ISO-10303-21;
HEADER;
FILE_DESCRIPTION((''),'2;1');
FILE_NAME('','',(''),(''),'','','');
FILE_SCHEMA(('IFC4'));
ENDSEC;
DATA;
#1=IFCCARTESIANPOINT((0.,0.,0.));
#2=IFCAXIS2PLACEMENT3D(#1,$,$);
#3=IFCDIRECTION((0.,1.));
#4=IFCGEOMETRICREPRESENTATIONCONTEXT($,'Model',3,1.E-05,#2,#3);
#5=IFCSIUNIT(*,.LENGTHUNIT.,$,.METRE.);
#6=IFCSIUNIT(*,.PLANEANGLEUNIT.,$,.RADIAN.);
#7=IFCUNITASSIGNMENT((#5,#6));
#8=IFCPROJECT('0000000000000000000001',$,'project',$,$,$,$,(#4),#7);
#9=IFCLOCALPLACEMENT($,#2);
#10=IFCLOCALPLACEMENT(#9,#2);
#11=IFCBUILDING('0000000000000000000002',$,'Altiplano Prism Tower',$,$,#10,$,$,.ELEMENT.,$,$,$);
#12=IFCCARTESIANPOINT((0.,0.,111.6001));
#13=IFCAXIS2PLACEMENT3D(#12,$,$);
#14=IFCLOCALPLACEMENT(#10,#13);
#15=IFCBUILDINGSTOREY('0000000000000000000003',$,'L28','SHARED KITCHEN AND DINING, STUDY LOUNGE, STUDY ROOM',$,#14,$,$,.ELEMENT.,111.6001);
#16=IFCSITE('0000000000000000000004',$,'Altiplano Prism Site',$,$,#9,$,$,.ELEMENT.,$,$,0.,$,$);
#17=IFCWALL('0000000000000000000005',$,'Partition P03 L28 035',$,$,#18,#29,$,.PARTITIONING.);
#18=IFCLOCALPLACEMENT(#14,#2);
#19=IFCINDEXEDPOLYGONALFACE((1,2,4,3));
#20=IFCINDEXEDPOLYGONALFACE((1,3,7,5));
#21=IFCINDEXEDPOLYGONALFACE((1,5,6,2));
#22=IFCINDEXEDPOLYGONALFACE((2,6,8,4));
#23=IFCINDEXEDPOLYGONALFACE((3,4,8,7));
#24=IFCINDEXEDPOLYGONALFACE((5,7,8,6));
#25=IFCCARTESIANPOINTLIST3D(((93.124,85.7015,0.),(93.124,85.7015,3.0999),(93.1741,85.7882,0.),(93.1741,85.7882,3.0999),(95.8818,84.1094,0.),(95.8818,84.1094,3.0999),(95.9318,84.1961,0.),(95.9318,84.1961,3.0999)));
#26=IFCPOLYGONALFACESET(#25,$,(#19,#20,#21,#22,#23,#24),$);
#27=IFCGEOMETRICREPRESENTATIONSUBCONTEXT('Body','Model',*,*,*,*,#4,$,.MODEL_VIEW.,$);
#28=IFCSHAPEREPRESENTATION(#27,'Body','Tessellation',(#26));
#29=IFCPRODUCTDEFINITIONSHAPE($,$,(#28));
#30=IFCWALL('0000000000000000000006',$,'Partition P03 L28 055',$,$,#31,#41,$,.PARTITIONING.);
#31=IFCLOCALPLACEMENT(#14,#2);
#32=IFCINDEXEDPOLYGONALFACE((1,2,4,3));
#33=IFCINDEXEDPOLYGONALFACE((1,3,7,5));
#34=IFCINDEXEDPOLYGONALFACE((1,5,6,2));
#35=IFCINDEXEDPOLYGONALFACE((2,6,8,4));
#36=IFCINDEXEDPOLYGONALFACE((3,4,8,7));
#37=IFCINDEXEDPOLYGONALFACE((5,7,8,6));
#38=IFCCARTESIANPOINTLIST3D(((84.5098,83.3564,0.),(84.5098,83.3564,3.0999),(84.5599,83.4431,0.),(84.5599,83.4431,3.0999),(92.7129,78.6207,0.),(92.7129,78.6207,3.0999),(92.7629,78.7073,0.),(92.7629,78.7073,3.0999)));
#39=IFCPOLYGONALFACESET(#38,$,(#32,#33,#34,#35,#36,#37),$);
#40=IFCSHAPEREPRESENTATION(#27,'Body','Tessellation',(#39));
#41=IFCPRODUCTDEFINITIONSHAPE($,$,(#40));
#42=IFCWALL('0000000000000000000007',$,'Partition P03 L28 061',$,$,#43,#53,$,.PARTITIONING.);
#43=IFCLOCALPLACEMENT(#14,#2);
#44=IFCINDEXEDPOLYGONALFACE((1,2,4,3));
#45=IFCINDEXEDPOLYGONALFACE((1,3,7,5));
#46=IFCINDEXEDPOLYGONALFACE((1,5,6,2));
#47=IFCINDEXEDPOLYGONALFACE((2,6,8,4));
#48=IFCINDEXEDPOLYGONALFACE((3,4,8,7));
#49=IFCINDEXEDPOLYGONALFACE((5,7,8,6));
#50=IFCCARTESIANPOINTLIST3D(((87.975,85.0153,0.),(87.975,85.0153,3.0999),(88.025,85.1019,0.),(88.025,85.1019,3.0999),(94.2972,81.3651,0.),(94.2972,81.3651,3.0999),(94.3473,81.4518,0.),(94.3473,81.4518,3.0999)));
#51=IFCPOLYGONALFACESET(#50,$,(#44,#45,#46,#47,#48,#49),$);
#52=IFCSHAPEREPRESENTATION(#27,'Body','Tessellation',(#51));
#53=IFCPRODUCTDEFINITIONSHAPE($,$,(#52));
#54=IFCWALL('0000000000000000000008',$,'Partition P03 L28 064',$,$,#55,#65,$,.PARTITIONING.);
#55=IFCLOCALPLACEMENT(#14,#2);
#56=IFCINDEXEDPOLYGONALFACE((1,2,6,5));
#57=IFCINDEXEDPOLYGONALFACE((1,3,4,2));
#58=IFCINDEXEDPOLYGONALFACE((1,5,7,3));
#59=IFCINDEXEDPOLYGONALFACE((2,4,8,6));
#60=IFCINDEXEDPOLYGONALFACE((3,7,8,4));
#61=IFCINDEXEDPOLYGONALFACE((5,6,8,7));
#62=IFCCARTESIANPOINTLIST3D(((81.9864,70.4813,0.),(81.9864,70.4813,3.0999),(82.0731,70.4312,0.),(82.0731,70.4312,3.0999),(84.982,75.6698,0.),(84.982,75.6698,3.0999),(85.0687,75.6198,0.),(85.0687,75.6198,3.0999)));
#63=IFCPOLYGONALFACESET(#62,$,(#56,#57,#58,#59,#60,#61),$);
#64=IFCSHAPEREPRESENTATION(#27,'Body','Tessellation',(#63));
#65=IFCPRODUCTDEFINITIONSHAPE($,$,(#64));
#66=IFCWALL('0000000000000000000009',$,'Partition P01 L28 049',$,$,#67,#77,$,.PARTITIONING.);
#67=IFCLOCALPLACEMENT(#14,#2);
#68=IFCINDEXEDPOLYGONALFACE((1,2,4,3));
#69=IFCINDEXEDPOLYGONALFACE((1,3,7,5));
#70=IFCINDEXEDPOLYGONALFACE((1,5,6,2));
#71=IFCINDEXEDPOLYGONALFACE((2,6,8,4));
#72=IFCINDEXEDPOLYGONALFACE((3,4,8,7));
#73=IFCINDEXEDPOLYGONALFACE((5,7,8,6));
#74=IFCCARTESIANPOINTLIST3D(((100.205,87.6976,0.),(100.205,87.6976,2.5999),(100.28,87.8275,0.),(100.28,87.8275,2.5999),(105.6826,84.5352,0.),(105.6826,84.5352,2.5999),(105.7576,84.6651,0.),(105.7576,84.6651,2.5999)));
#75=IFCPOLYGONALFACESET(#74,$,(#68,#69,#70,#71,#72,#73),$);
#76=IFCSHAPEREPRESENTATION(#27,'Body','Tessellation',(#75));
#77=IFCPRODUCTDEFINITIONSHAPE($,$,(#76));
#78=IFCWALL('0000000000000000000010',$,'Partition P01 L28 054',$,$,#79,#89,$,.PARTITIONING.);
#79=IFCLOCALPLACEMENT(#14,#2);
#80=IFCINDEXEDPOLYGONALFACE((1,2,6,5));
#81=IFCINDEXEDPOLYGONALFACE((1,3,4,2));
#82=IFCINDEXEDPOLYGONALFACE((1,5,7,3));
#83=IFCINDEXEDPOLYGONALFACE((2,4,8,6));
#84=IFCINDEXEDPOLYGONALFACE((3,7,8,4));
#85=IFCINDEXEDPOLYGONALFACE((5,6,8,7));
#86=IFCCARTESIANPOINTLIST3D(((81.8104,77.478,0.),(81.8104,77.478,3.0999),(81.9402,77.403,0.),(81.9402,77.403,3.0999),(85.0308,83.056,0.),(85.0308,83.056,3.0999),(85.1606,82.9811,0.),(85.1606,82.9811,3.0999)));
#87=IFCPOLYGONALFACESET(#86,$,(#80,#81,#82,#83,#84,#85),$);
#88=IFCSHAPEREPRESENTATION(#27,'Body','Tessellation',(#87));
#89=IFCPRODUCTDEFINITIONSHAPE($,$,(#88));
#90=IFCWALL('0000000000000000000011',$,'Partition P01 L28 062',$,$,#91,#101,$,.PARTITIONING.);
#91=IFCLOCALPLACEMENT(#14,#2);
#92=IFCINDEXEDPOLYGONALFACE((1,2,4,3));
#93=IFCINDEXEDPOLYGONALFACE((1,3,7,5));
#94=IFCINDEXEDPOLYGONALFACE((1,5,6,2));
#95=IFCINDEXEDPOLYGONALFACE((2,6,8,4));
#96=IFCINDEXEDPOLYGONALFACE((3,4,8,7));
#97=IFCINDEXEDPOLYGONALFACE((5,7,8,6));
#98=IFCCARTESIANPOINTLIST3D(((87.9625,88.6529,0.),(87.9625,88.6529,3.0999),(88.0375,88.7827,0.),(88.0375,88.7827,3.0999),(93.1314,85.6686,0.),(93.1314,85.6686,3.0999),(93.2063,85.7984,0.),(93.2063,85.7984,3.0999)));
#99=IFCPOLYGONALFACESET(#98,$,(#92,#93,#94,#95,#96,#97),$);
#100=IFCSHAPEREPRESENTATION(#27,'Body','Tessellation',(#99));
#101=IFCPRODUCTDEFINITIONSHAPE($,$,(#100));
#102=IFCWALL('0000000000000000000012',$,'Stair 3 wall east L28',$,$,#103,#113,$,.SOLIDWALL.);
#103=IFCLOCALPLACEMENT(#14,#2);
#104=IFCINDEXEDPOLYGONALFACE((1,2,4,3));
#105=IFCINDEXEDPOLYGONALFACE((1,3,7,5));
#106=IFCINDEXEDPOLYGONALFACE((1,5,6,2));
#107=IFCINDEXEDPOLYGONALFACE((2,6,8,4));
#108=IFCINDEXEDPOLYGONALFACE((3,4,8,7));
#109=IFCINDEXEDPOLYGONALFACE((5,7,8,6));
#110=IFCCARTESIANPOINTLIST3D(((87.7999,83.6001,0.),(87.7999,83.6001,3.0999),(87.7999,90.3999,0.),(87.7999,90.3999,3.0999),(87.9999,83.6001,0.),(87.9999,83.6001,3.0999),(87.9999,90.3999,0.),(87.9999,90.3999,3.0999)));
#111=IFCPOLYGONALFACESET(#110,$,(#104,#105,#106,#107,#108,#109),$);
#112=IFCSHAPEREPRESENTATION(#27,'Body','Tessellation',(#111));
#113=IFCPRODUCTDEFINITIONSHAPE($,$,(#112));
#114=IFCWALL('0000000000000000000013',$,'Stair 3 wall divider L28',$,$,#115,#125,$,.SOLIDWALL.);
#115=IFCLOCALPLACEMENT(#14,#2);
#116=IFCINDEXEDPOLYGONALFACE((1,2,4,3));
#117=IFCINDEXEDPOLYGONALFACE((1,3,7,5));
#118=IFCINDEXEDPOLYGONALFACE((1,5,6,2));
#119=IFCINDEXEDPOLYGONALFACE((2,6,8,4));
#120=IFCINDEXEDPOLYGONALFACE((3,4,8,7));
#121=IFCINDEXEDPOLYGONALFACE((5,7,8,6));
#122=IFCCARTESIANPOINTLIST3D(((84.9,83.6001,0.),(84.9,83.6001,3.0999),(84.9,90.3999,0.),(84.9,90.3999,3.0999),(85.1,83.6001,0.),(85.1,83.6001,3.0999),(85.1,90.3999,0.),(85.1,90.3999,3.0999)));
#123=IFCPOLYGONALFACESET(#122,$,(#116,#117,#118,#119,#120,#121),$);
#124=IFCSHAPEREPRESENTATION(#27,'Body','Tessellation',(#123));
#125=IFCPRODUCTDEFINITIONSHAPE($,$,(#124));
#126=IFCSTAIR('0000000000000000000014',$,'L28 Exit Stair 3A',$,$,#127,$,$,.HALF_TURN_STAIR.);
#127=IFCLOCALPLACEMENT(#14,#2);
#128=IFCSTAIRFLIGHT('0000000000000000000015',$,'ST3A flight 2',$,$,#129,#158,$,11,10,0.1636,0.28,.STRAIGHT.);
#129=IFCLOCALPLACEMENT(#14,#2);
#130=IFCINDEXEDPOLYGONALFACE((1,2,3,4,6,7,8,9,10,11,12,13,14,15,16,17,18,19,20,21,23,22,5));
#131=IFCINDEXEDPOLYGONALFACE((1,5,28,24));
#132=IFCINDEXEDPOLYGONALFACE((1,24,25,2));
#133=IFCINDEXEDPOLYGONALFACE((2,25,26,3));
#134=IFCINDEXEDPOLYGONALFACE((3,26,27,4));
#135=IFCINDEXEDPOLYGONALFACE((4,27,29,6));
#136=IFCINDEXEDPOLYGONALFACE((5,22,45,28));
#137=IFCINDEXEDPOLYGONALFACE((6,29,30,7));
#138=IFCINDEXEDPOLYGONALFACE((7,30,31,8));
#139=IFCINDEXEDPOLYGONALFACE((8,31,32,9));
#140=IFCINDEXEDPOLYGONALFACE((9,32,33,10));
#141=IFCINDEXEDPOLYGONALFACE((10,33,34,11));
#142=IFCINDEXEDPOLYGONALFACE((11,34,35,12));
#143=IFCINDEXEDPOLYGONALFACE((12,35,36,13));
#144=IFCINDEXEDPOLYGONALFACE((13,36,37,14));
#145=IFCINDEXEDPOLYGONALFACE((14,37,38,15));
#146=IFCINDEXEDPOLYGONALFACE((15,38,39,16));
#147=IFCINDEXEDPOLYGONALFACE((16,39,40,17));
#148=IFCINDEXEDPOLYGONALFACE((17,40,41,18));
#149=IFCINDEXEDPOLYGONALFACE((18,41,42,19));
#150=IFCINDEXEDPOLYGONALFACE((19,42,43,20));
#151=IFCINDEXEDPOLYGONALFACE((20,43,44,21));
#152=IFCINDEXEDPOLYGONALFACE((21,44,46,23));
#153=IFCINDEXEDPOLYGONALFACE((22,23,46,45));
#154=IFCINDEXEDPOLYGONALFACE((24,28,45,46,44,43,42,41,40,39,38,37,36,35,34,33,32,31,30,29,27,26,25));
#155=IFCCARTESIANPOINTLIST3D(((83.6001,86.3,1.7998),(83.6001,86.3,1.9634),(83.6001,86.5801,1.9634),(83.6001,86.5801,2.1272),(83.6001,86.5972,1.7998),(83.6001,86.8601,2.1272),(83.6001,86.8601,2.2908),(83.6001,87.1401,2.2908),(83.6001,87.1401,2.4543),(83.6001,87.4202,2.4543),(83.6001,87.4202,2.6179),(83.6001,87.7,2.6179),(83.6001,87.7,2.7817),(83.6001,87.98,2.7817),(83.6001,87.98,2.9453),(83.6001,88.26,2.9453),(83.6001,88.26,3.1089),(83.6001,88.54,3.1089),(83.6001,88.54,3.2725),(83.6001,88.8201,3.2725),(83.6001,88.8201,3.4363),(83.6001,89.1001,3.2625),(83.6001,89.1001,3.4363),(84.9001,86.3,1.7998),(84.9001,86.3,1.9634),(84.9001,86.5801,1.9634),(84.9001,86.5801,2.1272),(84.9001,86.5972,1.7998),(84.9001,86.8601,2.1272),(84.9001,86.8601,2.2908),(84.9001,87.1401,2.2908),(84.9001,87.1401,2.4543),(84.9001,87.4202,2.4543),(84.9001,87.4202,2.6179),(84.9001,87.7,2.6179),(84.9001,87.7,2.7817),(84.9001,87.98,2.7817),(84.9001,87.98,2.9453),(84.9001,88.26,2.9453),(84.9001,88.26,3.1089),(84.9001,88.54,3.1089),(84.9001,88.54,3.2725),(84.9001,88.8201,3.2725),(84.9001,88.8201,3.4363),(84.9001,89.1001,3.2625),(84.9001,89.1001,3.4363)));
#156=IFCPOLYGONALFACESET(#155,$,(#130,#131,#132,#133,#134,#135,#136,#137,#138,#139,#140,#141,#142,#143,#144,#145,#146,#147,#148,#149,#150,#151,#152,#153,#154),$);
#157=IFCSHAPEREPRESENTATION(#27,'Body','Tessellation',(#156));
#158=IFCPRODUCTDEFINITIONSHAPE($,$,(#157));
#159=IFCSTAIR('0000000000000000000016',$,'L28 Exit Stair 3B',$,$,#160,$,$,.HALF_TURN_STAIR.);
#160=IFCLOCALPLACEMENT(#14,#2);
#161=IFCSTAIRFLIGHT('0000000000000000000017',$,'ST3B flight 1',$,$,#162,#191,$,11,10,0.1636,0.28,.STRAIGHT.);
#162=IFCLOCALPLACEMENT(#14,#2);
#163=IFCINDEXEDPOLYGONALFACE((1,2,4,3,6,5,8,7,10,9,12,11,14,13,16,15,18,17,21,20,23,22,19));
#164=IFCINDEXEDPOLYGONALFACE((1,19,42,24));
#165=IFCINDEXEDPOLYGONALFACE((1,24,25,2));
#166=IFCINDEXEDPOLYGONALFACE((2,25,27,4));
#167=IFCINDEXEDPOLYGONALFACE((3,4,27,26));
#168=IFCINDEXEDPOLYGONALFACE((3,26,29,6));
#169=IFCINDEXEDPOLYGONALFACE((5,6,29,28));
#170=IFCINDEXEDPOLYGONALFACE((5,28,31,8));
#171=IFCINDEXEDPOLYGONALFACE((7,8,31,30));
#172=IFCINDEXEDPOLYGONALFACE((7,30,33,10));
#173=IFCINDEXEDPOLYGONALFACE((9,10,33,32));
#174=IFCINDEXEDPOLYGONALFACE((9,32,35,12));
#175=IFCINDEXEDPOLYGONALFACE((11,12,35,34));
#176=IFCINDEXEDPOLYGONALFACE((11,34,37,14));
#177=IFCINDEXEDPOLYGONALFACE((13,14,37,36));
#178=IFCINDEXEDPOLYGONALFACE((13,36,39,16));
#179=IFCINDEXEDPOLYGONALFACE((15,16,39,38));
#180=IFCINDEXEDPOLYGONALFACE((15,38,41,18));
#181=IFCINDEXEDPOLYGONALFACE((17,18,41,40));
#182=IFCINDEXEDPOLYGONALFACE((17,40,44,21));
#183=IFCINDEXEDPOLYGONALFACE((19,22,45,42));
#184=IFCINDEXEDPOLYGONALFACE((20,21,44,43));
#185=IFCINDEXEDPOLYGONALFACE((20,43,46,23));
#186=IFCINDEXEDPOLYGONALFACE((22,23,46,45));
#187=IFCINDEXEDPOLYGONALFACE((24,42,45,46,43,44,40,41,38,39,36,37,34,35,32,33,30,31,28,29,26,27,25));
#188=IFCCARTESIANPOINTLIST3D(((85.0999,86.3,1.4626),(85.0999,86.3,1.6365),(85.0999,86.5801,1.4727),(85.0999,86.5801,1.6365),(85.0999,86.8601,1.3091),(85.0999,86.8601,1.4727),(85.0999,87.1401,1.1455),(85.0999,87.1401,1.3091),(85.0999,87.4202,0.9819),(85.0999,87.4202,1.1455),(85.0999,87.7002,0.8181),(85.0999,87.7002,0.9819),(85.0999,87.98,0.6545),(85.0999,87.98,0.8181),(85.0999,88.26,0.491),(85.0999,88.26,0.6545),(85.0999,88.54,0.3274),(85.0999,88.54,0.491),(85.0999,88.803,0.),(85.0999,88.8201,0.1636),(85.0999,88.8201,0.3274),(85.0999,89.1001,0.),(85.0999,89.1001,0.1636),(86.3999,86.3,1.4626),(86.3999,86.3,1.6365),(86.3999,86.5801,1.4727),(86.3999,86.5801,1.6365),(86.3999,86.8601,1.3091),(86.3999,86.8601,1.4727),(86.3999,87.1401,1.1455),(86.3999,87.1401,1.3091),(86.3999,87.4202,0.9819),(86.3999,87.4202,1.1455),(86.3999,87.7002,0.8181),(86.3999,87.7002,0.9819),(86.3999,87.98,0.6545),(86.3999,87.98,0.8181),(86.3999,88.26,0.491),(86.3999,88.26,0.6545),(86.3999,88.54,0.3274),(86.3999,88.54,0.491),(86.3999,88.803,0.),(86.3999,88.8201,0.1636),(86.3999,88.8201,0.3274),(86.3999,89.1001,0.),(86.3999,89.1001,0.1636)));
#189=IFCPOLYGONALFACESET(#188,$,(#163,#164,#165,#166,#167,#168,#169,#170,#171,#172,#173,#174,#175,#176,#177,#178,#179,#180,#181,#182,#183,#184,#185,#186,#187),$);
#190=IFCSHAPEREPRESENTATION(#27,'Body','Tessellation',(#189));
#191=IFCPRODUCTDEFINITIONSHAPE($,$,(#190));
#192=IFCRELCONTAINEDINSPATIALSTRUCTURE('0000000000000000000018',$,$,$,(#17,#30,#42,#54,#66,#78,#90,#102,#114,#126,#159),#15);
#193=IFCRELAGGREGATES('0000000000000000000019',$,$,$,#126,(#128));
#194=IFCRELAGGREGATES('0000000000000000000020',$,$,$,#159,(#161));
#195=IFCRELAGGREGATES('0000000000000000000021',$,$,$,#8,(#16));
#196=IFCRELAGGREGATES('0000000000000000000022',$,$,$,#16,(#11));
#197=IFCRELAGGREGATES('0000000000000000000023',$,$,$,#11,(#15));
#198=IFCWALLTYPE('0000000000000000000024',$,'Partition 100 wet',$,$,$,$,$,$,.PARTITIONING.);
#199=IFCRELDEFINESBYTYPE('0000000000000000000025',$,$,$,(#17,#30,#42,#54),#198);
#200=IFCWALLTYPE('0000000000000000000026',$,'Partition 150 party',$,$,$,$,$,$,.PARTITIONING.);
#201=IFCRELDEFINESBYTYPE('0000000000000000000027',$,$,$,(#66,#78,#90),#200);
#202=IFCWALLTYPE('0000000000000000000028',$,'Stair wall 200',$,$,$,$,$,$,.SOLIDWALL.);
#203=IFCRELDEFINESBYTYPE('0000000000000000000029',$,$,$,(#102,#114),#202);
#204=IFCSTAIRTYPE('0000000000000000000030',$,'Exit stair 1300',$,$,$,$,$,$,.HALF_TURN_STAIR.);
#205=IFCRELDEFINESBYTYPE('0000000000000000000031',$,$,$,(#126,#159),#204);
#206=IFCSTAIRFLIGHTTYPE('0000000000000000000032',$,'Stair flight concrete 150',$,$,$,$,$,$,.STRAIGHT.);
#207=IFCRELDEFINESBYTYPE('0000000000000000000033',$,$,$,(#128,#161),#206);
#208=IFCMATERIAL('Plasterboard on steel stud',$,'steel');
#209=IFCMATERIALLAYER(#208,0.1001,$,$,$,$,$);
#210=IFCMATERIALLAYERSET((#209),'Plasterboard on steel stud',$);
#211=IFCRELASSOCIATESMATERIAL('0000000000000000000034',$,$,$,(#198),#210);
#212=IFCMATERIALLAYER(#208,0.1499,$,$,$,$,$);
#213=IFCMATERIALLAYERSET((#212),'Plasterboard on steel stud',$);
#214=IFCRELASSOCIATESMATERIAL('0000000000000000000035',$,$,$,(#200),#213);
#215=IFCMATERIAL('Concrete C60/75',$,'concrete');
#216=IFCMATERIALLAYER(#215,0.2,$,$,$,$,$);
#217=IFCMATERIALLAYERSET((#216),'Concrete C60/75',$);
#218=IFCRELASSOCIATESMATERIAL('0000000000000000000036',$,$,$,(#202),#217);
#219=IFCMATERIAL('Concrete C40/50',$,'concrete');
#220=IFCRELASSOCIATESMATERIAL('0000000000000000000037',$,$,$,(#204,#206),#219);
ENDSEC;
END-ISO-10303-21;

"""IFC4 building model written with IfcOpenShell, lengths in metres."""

from ifc_helpers import new_model, si_unit, direction, frame, frame_2d, origin, place, context, subcontext, project, spatial, polyline, rectangle, outline, extrude, material, layer, layer_set, type_object, element, aggregate, save


model = new_model("IFC4")

# Units and contexts
model_context = context("Model", 3, precision=1e-05, world=origin(), true_north=direction((0.0, 1.0)))
body_context = subcontext(model_context, "Body", "Model", "MODEL_VIEW")
ifc_project = project(units=[si_unit("LENGTHUNIT", "METRE"), si_unit("PLANEANGLEUNIT", "RADIAN")], contexts=[model_context])

# Site, building, storey
site_placement = place(None, origin())
site = spatial("IfcSite", under=ifc_project, at=site_placement, Name="Altiplano Prism Site", CompositionType="ELEMENT", RefElevation=0.0)
building_placement = place(site_placement, origin())
building = spatial("IfcBuilding", under=site, at=building_placement, Name="Altiplano Prism Tower", CompositionType="ELEMENT")
storey_placement = place(building_placement, frame((0.0, 0.0, 111.6001)))
storey = spatial("IfcBuildingStorey", under=building, at=storey_placement, Name="L28", Description="SHARED KITCHEN AND DINING, STUDY LOUNGE, STUDY ROOM", CompositionType="ELEMENT", Elevation=111.6001)

# Shared definitions
ifc_material_1 = material(Name="Concrete C60/75", Category="concrete")

# Walls
ifc_material_2 = material(Name="Plasterboard on steel stud", Category="steel")
ifc_layer_1 = layer(ifc_material_2, 0.1001)
ifc_layer_set_1 = layer_set([ifc_layer_1], Name="Plasterboard on steel stud")
wall_type_1 = type_object("IfcWallType", Name="Partition 100 wet", PredefinedType="PARTITIONING", material=ifc_layer_set_1)
wall_1_placement = place(storey_placement, frame((93.1489, 85.7449, 0.0), z_axis=(0.0, 0.0, 1.0), x_axis=(0.86605, -0.499957, 0.0)))
element("IfcWall", 1, at=wall_1_placement, inside=storey, type_object=wall_type_1, Name="Partition P03 L28 035", PredefinedType="PARTITIONING", context=body_context, shape_type="SweptSolid", body=[
    extrude(rectangle(XDim=3.1843, YDim=0.1001, at=frame_2d((1.5923, 0.0))), origin(), (0.0, 0.0, 1.0), 3.0999),
])
wall_2_placement = place(storey_placement, frame((92.7378, 78.6641, 0.0), z_axis=(0.0, 0.0, 1.0), x_axis=(-0.866036, 0.499981, 0.0)))
element("IfcWall", 2, at=wall_2_placement, inside=storey, type_object=wall_type_1, Name="Partition P03 L28 055", PredefinedType="PARTITIONING", context=body_context, shape_type="SweptSolid", body=[
    extrude(rectangle(XDim=9.4719, YDim=0.1001, at=frame_2d((4.7358, 0.0))), origin(), (0.0, 0.0, 1.0), 3.0999),
])
wall_3_placement = place(storey_placement, frame((88.0, 85.0586, 0.0), z_axis=(0.0, 0.0, 1.0), x_axis=(0.866026, -0.499998, 0.0)))
element("IfcWall", 3, at=wall_3_placement, inside=storey, type_object=wall_type_1, Name="Partition P03 L28 061", PredefinedType="PARTITIONING", context=body_context, shape_type="SweptSolid", body=[
    extrude(rectangle(XDim=7.3003, YDim=0.1001, at=frame_2d((3.6501, 0.0))), origin(), (0.0, 0.0, 1.0), 3.0999),
])
wall_4_placement = place(storey_placement, frame((85.0254, 75.6448, 0.0), z_axis=(0.0, 0.0, 1.0), x_axis=(-0.500005, -0.866023, 0.0)))
element("IfcWall", 4, at=wall_4_placement, inside=storey, type_object=wall_type_1, Name="Partition P03 L28 064", PredefinedType="PARTITIONING", context=body_context, shape_type="SweptSolid", body=[
    extrude(rectangle(XDim=5.9912, YDim=0.1001, at=frame_2d((2.9956, 0.0))), origin(), (0.0, 0.0, 1.0), 3.0999),
])
ifc_layer_2 = layer(ifc_material_2, 0.1499)
ifc_layer_set_2 = layer_set([ifc_layer_2], Name="Plasterboard on steel stud")
wall_type_2 = type_object("IfcWallType", Name="Partition 150 party", PredefinedType="PARTITIONING", material=ifc_layer_set_2)
wall_5_placement = place(storey_placement, frame((105.7202, 84.6001, 0.0), z_axis=(0.0, 0.0, 1.0), x_axis=(-0.866033, 0.499988, 0.0)))
element("IfcWall", 5, at=wall_5_placement, inside=storey, type_object=wall_type_2, Name="Partition P01 L28 049", PredefinedType="PARTITIONING", context=body_context, shape_type="SweptSolid", body=[
    extrude(rectangle(XDim=6.325, YDim=0.1499, at=frame_2d((3.1626, 0.0))), origin(), (0.0, 0.0, 1.0), 2.5999),
])
wall_6_placement = place(storey_placement, frame((85.0957, 83.0186, 0.0), z_axis=(0.0, 0.0, 1.0), x_axis=(-0.499992, -0.86603, 0.0)))
element("IfcWall", 6, at=wall_6_placement, inside=storey, type_object=wall_type_2, Name="Partition P01 L28 054", PredefinedType="PARTITIONING", context=body_context, shape_type="SweptSolid", body=[
    extrude(rectangle(XDim=6.4409, YDim=0.1499, at=frame_2d((3.2205, 0.0))), origin(), (0.0, 0.0, 1.0), 3.0999),
])
wall_7_placement = place(storey_placement, frame((93.1689, 85.7334, 0.0), z_axis=(0.0, 0.0, 1.0), x_axis=(-0.866019, 0.50001, 0.0)))
element("IfcWall", 7, at=wall_7_placement, inside=storey, type_object=wall_type_2, Name="Partition P01 L28 062", PredefinedType="PARTITIONING", context=body_context, shape_type="SweptSolid", body=[
    extrude(rectangle(XDim=5.9685, YDim=0.1499, at=frame_2d((2.9844, 0.0))), origin(), (0.0, 0.0, 1.0), 3.0999),
])
ifc_layer_3 = layer(ifc_material_1, 0.2)
ifc_layer_set_3 = layer_set([ifc_layer_3], Name="Concrete C60/75")
wall_type_3 = type_object("IfcWallType", Name="Stair wall 200", PredefinedType="SOLIDWALL", material=ifc_layer_set_3)
for number, where, z_axis, x_axis, name in (
    (8, (87.8999, 83.6001, 0.0), (0.0, 0.0, 1.0), (0.0, 1.0, 0.0), "Stair 3 wall east L28"),
    (9, (85.0, 83.6001, 0.0), (0.0, 0.0, 1.0), (0.0, 1.0, 0.0), "Stair 3 wall divider L28"),
):
    element("IfcWall", number, at=place(storey_placement, frame(where, z_axis=z_axis, x_axis=x_axis)), inside=storey, type_object=wall_type_3, Name=name, PredefinedType="SOLIDWALL", context=body_context, shape_type="SweptSolid", body=[
        extrude(rectangle(XDim=6.7998, YDim=0.2, at=frame_2d((3.3999, 0.0))), origin(), (0.0, 0.0, 1.0), 3.0999),
    ])

# Stair, stair flight
ifc_material_3 = material(Name="Concrete C40/50", Category="concrete")
stair_type = type_object("IfcStairType", Name="Exit stair 1300", PredefinedType="HALF_TURN_STAIR", material=ifc_material_3)
stair_1_placement = place(storey_placement, origin())
stair_1 = element("IfcStair", 10, at=stair_1_placement, inside=storey, type_object=stair_type, Name="L28 Exit Stair 3A", PredefinedType="HALF_TURN_STAIR")
stair_flight_type = type_object("IfcStairFlightType", Name="Stair flight concrete 150", PredefinedType="STRAIGHT", material=ifc_material_3)
stair_flight_1_placement = place(storey_placement, frame((84.25, 86.3, 1.7998), z_axis=(0.0, 0.0, 1.0), x_axis=(0.0, 1.0, 0.0)))
stair_flight_1 = element("IfcStairFlight", 11, at=stair_flight_1_placement, type_object=stair_flight_type, Name="ST3A flight 2", NumberOfRisers=11, NumberOfTreads=10, PredefinedType="STRAIGHT", RiserHeight=0.1636, TreadLength=0.28, context=body_context, shape_type="SweptSolid", body=[
    extrude(outline(polyline([(0.0, 0.0), (0.0, 0.1636), (0.28, 0.1636), (0.28, 0.3274), (0.5601, 0.3274), (0.5601, 0.491), (0.8401, 0.491), (0.8401, 0.6545), (1.1201, 0.6545), (1.1201, 0.8181), (1.3999, 0.8181), (1.3999, 0.9819), (1.6799, 0.9819), (1.6799, 1.1455), (1.96, 1.1455), (1.96, 1.3091), (2.24, 1.3091), (2.24, 1.4727), (2.52, 1.4727), (2.52, 1.6365), (2.8, 1.6365), (2.8, 1.8), (2.8, 1.4626), (0.2971, 0.0), (0.0, 0.0)])), frame((0.0, 0.6499, 0.0), z_axis=(0.0, -1.0, 0.0), x_axis=(1.0, 0.0, 0.0)), (0.0, 0.0, 1.0), 1.3),
])
aggregate(stair_1, [stair_flight_1])

# Stair, stair flight
stair_2_placement = place(storey_placement, origin())
stair_2 = element("IfcStair", 12, at=stair_2_placement, inside=storey, type_object=stair_type, Name="L28 Exit Stair 3B", PredefinedType="HALF_TURN_STAIR")
stair_flight_2_placement = place(storey_placement, frame((85.75, 89.1001, 0.0), z_axis=(0.0, 0.0, 1.0), x_axis=(0.0, -1.0, 0.0)))
stair_flight_2 = element("IfcStairFlight", 13, at=stair_flight_2_placement, type_object=stair_flight_type, Name="ST3B flight 1", NumberOfRisers=11, NumberOfTreads=10, PredefinedType="STRAIGHT", RiserHeight=0.1636, TreadLength=0.28, context=body_context, shape_type="SweptSolid", body=[
    extrude(outline(polyline([(0.0, 0.0), (0.0, 0.1636), (0.28, 0.1636), (0.28, 0.3274), (0.5601, 0.3274), (0.5601, 0.491), (0.8401, 0.491), (0.8401, 0.6545), (1.1201, 0.6545), (1.1201, 0.8181), (1.3999, 0.8181), (1.3999, 0.9819), (1.6799, 0.9819), (1.6799, 1.1455), (1.96, 1.1455), (1.96, 1.3091), (2.24, 1.3091), (2.24, 1.4727), (2.52, 1.4727), (2.52, 1.6365), (2.8, 1.6365), (2.8, 1.8), (2.8, 1.4626), (0.2971, 0.0), (0.0, 0.0)])), frame((0.0, 0.6499, 0.0), z_axis=(0.0, -1.0, 0.0), x_axis=(1.0, 0.0, 0.0)), (0.0, 0.0, 1.0), 1.3),
])
aggregate(stair_2, [stair_flight_2])

save(model, "model.ifc")
